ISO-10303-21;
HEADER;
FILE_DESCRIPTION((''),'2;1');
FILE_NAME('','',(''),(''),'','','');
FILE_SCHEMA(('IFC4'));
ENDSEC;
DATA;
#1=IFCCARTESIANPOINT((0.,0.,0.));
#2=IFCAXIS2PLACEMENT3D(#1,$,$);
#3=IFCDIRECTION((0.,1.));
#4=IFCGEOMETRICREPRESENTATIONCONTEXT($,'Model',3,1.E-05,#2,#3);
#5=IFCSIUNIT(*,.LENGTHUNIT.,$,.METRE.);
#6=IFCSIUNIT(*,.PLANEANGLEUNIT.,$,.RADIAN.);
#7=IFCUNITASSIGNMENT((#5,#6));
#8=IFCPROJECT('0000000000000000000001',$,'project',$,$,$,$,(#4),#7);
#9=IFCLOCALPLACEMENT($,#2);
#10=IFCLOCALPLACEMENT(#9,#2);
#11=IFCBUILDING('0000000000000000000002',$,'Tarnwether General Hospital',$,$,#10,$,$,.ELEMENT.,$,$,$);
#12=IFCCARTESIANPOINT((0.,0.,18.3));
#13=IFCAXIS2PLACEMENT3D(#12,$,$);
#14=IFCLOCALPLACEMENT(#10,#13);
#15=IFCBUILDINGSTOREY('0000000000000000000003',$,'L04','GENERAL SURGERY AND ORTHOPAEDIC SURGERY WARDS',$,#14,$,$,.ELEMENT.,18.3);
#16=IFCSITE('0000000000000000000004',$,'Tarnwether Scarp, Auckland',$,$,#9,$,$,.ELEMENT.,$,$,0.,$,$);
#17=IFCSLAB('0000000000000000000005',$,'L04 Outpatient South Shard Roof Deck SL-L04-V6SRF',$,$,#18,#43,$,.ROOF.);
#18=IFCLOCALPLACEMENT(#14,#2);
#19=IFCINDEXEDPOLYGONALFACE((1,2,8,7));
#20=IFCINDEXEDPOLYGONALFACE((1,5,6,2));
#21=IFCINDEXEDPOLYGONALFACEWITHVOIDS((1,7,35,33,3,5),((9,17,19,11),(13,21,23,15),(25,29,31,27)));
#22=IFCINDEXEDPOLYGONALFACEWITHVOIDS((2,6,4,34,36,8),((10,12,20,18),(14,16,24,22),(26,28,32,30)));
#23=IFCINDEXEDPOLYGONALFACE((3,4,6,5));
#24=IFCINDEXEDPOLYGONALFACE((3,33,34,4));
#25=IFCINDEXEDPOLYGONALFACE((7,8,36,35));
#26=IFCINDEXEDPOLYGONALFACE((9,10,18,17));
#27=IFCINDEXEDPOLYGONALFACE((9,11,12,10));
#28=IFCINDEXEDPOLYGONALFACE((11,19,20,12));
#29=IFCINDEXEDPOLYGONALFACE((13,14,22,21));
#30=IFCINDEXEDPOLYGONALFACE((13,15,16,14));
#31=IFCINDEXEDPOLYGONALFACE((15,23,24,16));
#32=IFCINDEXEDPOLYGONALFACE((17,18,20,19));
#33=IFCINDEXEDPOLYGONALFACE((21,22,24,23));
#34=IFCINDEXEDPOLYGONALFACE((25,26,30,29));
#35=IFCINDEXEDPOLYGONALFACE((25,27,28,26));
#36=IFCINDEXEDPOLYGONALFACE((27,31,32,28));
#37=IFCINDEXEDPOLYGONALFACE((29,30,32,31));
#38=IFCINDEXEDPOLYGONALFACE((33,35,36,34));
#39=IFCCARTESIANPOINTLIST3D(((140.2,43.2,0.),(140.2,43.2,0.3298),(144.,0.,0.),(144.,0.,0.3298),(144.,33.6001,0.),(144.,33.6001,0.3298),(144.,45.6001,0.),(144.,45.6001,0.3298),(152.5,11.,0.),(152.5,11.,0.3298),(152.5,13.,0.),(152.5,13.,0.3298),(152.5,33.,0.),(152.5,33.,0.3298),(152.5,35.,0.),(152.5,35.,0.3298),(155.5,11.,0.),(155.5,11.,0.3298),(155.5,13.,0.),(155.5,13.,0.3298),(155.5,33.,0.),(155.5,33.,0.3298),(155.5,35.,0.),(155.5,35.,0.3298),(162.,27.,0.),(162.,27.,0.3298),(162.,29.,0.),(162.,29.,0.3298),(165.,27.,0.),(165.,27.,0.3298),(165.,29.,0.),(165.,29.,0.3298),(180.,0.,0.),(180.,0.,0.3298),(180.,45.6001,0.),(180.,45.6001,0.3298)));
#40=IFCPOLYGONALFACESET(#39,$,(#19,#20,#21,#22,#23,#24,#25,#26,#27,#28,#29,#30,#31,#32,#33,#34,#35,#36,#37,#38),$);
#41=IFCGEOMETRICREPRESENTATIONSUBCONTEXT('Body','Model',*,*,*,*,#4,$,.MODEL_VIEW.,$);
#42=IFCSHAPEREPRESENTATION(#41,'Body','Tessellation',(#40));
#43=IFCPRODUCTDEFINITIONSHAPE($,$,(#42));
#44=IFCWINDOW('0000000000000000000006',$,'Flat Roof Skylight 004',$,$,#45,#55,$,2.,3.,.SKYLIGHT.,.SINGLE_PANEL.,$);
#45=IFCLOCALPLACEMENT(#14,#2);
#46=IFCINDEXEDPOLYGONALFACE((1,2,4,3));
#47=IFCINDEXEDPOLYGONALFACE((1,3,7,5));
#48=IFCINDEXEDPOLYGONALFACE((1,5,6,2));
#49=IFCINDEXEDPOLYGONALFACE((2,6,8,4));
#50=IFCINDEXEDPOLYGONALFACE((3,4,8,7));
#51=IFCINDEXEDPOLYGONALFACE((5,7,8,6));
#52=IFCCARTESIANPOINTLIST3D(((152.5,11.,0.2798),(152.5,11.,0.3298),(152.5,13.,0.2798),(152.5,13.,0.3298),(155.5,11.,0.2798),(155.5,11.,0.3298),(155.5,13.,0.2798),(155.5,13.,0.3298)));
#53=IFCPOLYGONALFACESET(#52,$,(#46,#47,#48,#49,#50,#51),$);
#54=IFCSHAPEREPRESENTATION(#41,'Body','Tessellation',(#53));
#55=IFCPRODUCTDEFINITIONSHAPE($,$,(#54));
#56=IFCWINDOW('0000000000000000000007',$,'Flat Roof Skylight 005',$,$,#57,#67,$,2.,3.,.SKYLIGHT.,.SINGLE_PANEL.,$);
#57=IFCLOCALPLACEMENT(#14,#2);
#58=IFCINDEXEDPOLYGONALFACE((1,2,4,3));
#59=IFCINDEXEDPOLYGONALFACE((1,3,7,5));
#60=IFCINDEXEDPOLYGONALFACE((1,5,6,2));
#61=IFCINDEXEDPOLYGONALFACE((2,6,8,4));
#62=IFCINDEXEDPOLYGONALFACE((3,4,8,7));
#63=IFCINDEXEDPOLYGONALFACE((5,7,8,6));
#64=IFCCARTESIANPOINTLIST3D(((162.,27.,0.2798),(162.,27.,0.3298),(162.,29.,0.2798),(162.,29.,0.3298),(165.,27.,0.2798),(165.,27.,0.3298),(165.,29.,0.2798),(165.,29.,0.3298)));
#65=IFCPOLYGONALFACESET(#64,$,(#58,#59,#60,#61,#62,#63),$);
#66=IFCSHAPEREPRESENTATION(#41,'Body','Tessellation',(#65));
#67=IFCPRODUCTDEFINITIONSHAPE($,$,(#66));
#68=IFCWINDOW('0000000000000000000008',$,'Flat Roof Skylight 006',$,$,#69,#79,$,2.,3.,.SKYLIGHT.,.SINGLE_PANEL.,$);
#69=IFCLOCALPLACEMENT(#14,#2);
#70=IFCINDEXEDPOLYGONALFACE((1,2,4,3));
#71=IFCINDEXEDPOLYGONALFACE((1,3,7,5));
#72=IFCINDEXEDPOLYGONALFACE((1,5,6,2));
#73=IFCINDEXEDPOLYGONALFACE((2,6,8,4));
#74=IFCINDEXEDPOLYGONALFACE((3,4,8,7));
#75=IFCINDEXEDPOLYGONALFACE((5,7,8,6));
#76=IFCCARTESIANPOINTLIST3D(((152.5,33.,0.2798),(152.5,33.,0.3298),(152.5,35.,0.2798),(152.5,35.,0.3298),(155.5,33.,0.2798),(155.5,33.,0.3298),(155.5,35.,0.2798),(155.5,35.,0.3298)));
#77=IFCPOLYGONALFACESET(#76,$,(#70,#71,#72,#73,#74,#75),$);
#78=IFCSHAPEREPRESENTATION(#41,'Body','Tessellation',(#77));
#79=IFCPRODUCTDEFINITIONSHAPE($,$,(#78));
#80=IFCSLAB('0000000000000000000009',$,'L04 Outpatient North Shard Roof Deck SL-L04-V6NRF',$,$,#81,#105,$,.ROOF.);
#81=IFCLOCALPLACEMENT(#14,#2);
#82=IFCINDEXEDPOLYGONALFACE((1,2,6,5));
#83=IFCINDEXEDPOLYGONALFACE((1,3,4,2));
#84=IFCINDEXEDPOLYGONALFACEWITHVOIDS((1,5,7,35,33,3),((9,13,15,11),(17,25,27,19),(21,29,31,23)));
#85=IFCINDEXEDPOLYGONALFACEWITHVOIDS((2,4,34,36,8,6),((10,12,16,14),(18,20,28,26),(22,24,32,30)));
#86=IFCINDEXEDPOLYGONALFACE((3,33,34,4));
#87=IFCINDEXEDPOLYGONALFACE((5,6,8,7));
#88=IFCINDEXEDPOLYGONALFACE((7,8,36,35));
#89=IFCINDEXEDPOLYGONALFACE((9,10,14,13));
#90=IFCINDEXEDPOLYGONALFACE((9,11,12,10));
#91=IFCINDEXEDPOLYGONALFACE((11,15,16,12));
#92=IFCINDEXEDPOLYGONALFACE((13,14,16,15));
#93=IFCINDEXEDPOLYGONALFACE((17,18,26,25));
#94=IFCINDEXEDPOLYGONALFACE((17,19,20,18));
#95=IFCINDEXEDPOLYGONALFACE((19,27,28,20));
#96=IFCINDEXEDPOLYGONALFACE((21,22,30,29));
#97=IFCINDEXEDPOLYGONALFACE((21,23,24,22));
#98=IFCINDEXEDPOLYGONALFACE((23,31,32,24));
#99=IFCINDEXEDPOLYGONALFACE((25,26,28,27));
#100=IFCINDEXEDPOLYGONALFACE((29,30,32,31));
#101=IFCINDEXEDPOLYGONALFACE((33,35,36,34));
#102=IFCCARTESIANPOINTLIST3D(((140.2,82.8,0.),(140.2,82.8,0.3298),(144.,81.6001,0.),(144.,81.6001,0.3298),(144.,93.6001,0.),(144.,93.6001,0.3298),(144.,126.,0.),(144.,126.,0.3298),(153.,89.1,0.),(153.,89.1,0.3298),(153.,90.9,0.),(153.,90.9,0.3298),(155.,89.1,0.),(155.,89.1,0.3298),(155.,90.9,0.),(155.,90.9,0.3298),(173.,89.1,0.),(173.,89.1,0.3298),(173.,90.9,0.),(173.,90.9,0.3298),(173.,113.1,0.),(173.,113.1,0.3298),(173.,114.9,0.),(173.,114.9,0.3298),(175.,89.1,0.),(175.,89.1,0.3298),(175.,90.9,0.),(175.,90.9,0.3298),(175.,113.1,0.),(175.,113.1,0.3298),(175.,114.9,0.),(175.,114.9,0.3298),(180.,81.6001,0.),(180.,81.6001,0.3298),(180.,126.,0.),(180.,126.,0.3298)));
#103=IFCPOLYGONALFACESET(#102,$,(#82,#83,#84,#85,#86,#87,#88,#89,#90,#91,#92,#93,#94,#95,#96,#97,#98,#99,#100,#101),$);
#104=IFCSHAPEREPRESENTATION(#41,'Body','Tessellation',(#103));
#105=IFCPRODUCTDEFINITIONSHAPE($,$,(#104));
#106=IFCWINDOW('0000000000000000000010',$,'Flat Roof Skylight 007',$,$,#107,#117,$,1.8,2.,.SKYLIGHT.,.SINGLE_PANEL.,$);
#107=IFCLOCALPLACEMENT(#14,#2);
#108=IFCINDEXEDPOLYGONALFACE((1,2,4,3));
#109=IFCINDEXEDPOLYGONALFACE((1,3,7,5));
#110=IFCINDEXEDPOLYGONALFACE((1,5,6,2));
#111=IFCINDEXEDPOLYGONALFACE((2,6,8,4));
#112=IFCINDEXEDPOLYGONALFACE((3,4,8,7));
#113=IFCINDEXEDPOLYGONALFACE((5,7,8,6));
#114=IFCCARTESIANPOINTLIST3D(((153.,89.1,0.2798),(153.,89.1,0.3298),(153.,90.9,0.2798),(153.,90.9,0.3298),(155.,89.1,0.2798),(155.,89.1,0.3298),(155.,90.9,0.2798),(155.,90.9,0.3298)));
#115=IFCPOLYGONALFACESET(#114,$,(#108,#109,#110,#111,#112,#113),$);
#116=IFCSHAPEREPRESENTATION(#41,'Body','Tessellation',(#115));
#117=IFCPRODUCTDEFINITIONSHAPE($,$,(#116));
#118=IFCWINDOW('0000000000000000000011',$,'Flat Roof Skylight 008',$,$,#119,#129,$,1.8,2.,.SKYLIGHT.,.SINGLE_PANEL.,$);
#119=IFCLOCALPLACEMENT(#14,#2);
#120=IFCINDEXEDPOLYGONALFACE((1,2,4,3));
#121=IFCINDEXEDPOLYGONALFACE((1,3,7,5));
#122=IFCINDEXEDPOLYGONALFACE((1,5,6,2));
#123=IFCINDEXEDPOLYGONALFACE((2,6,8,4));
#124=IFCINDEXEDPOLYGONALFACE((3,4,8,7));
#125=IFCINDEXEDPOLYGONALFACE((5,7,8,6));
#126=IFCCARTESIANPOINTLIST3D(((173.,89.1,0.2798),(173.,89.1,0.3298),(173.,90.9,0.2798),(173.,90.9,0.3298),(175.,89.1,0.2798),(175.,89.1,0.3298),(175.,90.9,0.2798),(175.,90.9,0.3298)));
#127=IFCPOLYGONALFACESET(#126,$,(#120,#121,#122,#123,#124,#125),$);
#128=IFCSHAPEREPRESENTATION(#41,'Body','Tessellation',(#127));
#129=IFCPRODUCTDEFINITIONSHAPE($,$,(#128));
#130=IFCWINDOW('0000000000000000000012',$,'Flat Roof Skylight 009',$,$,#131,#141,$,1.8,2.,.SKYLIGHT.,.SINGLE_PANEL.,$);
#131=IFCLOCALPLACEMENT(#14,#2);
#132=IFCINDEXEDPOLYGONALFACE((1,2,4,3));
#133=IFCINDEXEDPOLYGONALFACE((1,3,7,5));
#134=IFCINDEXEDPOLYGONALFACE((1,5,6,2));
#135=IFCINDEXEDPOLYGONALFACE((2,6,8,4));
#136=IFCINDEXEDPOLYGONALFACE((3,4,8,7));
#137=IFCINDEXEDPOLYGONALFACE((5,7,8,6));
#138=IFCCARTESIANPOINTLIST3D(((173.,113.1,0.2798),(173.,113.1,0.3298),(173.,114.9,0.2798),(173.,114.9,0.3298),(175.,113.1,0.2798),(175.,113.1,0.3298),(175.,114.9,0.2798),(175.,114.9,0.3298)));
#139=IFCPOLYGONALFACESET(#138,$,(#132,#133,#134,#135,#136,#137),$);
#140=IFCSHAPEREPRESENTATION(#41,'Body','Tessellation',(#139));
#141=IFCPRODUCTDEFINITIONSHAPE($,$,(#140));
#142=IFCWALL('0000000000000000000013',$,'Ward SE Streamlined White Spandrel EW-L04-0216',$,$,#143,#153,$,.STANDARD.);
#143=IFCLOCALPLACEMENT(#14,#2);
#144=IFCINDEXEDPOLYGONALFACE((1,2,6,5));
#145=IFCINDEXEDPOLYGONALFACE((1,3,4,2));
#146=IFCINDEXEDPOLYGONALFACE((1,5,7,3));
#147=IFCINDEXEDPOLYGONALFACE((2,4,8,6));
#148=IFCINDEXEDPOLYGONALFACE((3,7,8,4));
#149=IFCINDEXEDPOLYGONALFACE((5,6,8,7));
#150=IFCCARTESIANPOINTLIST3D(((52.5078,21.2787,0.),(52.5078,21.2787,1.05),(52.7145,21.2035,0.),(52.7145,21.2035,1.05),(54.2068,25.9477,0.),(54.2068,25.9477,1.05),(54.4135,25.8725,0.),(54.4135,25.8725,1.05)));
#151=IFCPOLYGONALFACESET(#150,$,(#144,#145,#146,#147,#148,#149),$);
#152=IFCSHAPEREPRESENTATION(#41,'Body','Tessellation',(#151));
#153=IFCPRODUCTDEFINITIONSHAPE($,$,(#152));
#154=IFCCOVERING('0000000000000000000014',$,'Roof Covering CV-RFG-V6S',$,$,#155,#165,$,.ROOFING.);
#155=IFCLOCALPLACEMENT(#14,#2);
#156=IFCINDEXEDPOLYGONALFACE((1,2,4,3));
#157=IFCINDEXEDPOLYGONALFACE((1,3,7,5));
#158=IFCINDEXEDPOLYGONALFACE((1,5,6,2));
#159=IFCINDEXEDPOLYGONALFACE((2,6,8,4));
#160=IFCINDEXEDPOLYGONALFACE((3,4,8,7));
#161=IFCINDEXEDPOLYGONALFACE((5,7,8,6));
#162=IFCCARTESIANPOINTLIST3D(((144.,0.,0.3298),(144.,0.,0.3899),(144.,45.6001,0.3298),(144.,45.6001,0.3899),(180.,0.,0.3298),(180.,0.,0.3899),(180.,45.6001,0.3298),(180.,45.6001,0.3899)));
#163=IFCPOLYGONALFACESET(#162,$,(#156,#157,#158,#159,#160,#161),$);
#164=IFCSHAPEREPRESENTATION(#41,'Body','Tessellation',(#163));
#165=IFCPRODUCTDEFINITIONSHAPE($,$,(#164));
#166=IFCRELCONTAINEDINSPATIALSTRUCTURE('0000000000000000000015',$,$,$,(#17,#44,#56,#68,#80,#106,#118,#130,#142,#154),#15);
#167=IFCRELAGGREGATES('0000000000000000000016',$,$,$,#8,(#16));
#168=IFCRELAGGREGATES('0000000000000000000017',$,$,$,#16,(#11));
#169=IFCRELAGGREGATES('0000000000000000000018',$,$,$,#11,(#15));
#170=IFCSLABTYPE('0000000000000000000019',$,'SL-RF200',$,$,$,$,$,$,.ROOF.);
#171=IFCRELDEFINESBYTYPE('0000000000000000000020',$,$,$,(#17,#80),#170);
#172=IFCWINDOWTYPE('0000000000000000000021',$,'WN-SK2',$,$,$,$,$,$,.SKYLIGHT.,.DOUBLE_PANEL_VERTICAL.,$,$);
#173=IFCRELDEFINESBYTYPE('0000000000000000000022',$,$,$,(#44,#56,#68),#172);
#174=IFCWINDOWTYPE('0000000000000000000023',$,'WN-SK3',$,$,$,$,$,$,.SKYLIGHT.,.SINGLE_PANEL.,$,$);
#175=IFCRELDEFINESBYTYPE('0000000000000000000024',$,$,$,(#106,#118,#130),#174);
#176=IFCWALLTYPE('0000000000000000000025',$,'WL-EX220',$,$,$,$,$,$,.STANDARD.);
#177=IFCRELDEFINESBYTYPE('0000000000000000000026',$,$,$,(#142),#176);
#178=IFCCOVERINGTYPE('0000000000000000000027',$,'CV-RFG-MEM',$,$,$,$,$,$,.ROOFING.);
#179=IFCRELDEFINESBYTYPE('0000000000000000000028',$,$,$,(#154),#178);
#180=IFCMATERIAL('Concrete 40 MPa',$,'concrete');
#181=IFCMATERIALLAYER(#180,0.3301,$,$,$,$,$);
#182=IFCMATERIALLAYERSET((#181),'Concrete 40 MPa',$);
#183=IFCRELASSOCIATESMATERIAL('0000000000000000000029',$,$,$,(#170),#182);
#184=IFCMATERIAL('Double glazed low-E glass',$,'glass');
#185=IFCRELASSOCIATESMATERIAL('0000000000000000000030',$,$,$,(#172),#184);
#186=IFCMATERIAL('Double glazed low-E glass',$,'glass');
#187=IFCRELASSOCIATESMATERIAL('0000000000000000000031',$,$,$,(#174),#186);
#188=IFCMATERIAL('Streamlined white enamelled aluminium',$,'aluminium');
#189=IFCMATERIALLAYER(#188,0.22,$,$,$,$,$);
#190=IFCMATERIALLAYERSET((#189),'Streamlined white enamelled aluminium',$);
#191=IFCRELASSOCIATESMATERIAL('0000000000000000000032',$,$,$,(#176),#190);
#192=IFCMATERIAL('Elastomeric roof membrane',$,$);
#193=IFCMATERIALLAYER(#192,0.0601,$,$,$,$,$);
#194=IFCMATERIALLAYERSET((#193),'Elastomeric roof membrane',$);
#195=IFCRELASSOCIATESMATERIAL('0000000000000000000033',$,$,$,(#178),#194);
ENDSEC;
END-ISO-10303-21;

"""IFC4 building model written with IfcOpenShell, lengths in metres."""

from ifc_helpers import new_model, si_unit, direction, frame, frame_2d, origin, origin_2d, place, context, subcontext, project, spatial, polyline, rectangle, outline, extrude, material, layer, layer_set, type_object, element, fill, save


model = new_model("IFC4")

# Units and contexts
model_context = context("Model", 3, precision=1e-05, world=origin(), true_north=direction((0.0, 1.0)))
body_context = subcontext(model_context, "Body", "Model", "MODEL_VIEW")
ifc_project = project(units=[si_unit("LENGTHUNIT", "METRE"), si_unit("PLANEANGLEUNIT", "RADIAN")], contexts=[model_context])

# Site, building, storey
site_placement = place(None, origin())
site = spatial("IfcSite", under=ifc_project, at=site_placement, Name="Tarnwether Scarp, Auckland", CompositionType="ELEMENT", RefElevation=0.0)
building_placement = place(site_placement, origin())
building = spatial("IfcBuilding", under=site, at=building_placement, Name="Tarnwether General Hospital", CompositionType="ELEMENT")
storey_placement = place(building_placement, frame((0.0, 0.0, 18.3)))
storey = spatial("IfcBuildingStorey", under=building, at=storey_placement, Name="L04", Description="GENERAL SURGERY AND ORTHOPAEDIC SURGERY WARDS", CompositionType="ELEMENT", Elevation=18.3)

# Slabs, openings, windows
ifc_material_1 = material(Name="Concrete 40 MPa", Category="concrete")
ifc_layer_1 = layer(ifc_material_1, 0.3301)
ifc_layer_set_1 = layer_set([ifc_layer_1], Name="Concrete 40 MPa")
slab_type_1 = type_object("IfcSlabType", Name="SL-RF200", PredefinedType="ROOF", material=ifc_layer_set_1)
slab_1_placement = place(storey_placement, origin())
slab_1 = element("IfcSlab", 1, at=slab_1_placement, inside=storey, type_object=slab_type_1, Name="L04 Outpatient South Shard Roof Deck SL-L04-V6SRF", PredefinedType="ROOF", context=body_context, shape_type="SweptSolid", body=[
    extrude(outline(polyline([(144.0, 0.0), (144.0, 33.6001), (140.2, 43.2), (144.0, 45.6001), (180.0, 45.6001), (180.0, 0.0), (144.0, 0.0)])), origin(), (0.0, 0.0, 1.0), 0.3298),
])
opening_1_placement = place(slab_1_placement, frame((154.0, 12.0, 0.0)))
opening_1 = element("IfcOpeningElement", 2, at=opening_1_placement, cuts=slab_1, PredefinedType="OPENING", context=body_context, shape_type="SweptSolid", body=[
    extrude(rectangle(XDim=3.0, YDim=2.0, at=origin_2d()), origin(), (0.0, 0.0, 1.0), 0.3298),
])
opening_2_placement = place(slab_1_placement, frame((163.5, 28.0, 0.0)))
opening_2 = element("IfcOpeningElement", 3, at=opening_2_placement, cuts=slab_1, PredefinedType="OPENING", context=body_context, shape_type="SweptSolid", body=[
    extrude(rectangle(XDim=3.0, YDim=2.0, at=origin_2d()), origin(), (0.0, 0.0, 1.0), 0.3298),
])
opening_3_placement = place(slab_1_placement, frame((154.0, 34.0, 0.0)))
opening_3 = element("IfcOpeningElement", 4, at=opening_3_placement, cuts=slab_1, PredefinedType="OPENING", context=body_context, shape_type="SweptSolid", body=[
    extrude(rectangle(XDim=3.0, YDim=2.0, at=origin_2d()), origin(), (0.0, 0.0, 1.0), 0.3298),
])
ifc_material_2 = material(Name="Double glazed low-E glass", Category="glass")
window_type_1 = type_object("IfcWindowType", Name="WN-SK2", PartitioningType="DOUBLE_PANEL_VERTICAL", PredefinedType="SKYLIGHT", material=ifc_material_2)
window_1_placement = place(opening_1_placement, frame((0.0, 0.0, 0.2798)))
window_1 = element("IfcWindow", 5, at=window_1_placement, inside=storey, type_object=window_type_1, Name="Flat Roof Skylight 004", OverallHeight=2.0, OverallWidth=3.0, PartitioningType="SINGLE_PANEL", PredefinedType="SKYLIGHT", context=body_context, shape_type="SweptSolid", body=[
    extrude(rectangle(XDim=3.0, YDim=2.0, at=origin_2d()), origin(), (0.0, 0.0, 1.0), 0.05),
])
fill(opening_1, window_1)
window_2_placement = place(opening_2_placement, frame((0.0, 0.0, 0.2798)))
window_2 = element("IfcWindow", 6, at=window_2_placement, inside=storey, type_object=window_type_1, Name="Flat Roof Skylight 005", OverallHeight=2.0, OverallWidth=3.0, PartitioningType="SINGLE_PANEL", PredefinedType="SKYLIGHT", context=body_context, shape_type="SweptSolid", body=[
    extrude(rectangle(XDim=3.0, YDim=2.0, at=origin_2d()), origin(), (0.0, 0.0, 1.0), 0.05),
])
fill(opening_2, window_2)
window_3_placement = place(opening_3_placement, frame((0.0, 0.0, 0.2798)))
window_3 = element("IfcWindow", 7, at=window_3_placement, inside=storey, type_object=window_type_1, Name="Flat Roof Skylight 006", OverallHeight=2.0, OverallWidth=3.0, PartitioningType="SINGLE_PANEL", PredefinedType="SKYLIGHT", context=body_context, shape_type="SweptSolid", body=[
    extrude(rectangle(XDim=3.0, YDim=2.0, at=origin_2d()), origin(), (0.0, 0.0, 1.0), 0.05),
])
fill(opening_3, window_3)
slab_2_placement = place(storey_placement, origin())
slab_2 = element("IfcSlab", 8, at=slab_2_placement, inside=storey, type_object=slab_type_1, Name="L04 Outpatient North Shard Roof Deck SL-L04-V6NRF", PredefinedType="ROOF", context=body_context, shape_type="SweptSolid", body=[
    extrude(outline(polyline([(140.2, 82.8), (144.0, 93.6001), (144.0, 126.0), (180.0, 126.0), (180.0, 81.6001), (144.0, 81.6001), (140.2, 82.8)])), origin(), (0.0, 0.0, 1.0), 0.3298),
])
opening_4_placement = place(slab_2_placement, frame((154.0, 90.0, 0.0)))
opening_4 = element("IfcOpeningElement", 9, at=opening_4_placement, cuts=slab_2, PredefinedType="OPENING", context=body_context, shape_type="SweptSolid", body=[
    extrude(rectangle(XDim=2.0, YDim=1.8, at=origin_2d()), origin(), (0.0, 0.0, 1.0), 0.3298),
])
opening_5_placement = place(slab_2_placement, frame((174.0, 90.0, 0.0)))
opening_5 = element("IfcOpeningElement", 10, at=opening_5_placement, cuts=slab_2, PredefinedType="OPENING", context=body_context, shape_type="SweptSolid", body=[
    extrude(rectangle(XDim=2.0, YDim=1.8, at=origin_2d()), origin(), (0.0, 0.0, 1.0), 0.3298),
])
opening_6_placement = place(slab_2_placement, frame((174.0, 114.0, 0.0)))
opening_6 = element("IfcOpeningElement", 11, at=opening_6_placement, cuts=slab_2, PredefinedType="OPENING", context=body_context, shape_type="SweptSolid", body=[
    extrude(rectangle(XDim=2.0, YDim=1.8, at=origin_2d()), origin(), (0.0, 0.0, 1.0), 0.3298),
])
ifc_material_3 = material(Name="Double glazed low-E glass", Category="glass")
window_type_2 = type_object("IfcWindowType", Name="WN-SK3", PartitioningType="SINGLE_PANEL", PredefinedType="SKYLIGHT", material=ifc_material_3)
window_4_placement = place(opening_4_placement, frame((0.0, 0.0, 0.2798)))
window_4 = element("IfcWindow", 12, at=window_4_placement, inside=storey, type_object=window_type_2, Name="Flat Roof Skylight 007", OverallHeight=1.8, OverallWidth=2.0, PartitioningType="SINGLE_PANEL", PredefinedType="SKYLIGHT", context=body_context, shape_type="SweptSolid", body=[
    extrude(rectangle(XDim=2.0, YDim=1.8, at=origin_2d()), origin(), (0.0, 0.0, 1.0), 0.05),
])
fill(opening_4, window_4)
window_5_placement = place(opening_5_placement, frame((0.0, 0.0, 0.2798)))
window_5 = element("IfcWindow", 13, at=window_5_placement, inside=storey, type_object=window_type_2, Name="Flat Roof Skylight 008", OverallHeight=1.8, OverallWidth=2.0, PartitioningType="SINGLE_PANEL", PredefinedType="SKYLIGHT", context=body_context, shape_type="SweptSolid", body=[
    extrude(rectangle(XDim=2.0, YDim=1.8, at=origin_2d()), origin(), (0.0, 0.0, 1.0), 0.05),
])
fill(opening_5, window_5)
window_6_placement = place(opening_6_placement, frame((0.0, 0.0, 0.2798)))
window_6 = element("IfcWindow", 14, at=window_6_placement, inside=storey, type_object=window_type_2, Name="Flat Roof Skylight 009", OverallHeight=1.8, OverallWidth=2.0, PartitioningType="SINGLE_PANEL", PredefinedType="SKYLIGHT", context=body_context, shape_type="SweptSolid", body=[
    extrude(rectangle(XDim=2.0, YDim=1.8, at=origin_2d()), origin(), (0.0, 0.0, 1.0), 0.05),
])
fill(opening_6, window_6)

# Wall
ifc_material_4 = material(Name="Streamlined white enamelled aluminium", Category="aluminium")
ifc_layer_2 = layer(ifc_material_4, 0.22)
ifc_layer_set_2 = layer_set([ifc_layer_2], Name="Streamlined white enamelled aluminium")
wall_type = type_object("IfcWallType", Name="WL-EX220", PredefinedType="STANDARD", material=ifc_layer_set_2)
wall_placement = place(storey_placement, frame((52.6111, 21.241, 0.0), z_axis=(0.0, 0.0, 1.0), x_axis=(0.341952, 0.939717, 0.0)))
element("IfcWall", 15, at=wall_placement, inside=storey, type_object=wall_type, Name="Ward SE Streamlined White Spandrel EW-L04-0216", PredefinedType="STANDARD", context=body_context, shape_type="SweptSolid", body=[
    extrude(rectangle(XDim=4.9685, YDim=0.22, at=frame_2d((2.4844, 0.0))), origin(), (0.0, 0.0, 1.0), 1.05),
])

# Covering
ifc_material_5 = material(Name="Elastomeric roof membrane")
ifc_layer_3 = layer(ifc_material_5, 0.0601)
ifc_layer_set_3 = layer_set([ifc_layer_3], Name="Elastomeric roof membrane")
covering_type = type_object("IfcCoveringType", Name="CV-RFG-MEM", PredefinedType="ROOFING", material=ifc_layer_set_3)
covering_1_placement = place(storey_placement, frame((0.0, 0.0, 0.3298)))
element("IfcCovering", 16, at=covering_1_placement, inside=storey, type_object=covering_type, Name="Roof Covering CV-RFG-V6S", PredefinedType="ROOFING", context=body_context, shape_type="SweptSolid", body=[
    extrude(outline(polyline([(180.0, 0.0), (180.0, 45.6001), (144.0, 45.6001), (144.0, 0.0), (180.0, 0.0)])), origin(), (0.0, 0.0, 1.0), 0.0601),
])

save(model, "model.ifc")
